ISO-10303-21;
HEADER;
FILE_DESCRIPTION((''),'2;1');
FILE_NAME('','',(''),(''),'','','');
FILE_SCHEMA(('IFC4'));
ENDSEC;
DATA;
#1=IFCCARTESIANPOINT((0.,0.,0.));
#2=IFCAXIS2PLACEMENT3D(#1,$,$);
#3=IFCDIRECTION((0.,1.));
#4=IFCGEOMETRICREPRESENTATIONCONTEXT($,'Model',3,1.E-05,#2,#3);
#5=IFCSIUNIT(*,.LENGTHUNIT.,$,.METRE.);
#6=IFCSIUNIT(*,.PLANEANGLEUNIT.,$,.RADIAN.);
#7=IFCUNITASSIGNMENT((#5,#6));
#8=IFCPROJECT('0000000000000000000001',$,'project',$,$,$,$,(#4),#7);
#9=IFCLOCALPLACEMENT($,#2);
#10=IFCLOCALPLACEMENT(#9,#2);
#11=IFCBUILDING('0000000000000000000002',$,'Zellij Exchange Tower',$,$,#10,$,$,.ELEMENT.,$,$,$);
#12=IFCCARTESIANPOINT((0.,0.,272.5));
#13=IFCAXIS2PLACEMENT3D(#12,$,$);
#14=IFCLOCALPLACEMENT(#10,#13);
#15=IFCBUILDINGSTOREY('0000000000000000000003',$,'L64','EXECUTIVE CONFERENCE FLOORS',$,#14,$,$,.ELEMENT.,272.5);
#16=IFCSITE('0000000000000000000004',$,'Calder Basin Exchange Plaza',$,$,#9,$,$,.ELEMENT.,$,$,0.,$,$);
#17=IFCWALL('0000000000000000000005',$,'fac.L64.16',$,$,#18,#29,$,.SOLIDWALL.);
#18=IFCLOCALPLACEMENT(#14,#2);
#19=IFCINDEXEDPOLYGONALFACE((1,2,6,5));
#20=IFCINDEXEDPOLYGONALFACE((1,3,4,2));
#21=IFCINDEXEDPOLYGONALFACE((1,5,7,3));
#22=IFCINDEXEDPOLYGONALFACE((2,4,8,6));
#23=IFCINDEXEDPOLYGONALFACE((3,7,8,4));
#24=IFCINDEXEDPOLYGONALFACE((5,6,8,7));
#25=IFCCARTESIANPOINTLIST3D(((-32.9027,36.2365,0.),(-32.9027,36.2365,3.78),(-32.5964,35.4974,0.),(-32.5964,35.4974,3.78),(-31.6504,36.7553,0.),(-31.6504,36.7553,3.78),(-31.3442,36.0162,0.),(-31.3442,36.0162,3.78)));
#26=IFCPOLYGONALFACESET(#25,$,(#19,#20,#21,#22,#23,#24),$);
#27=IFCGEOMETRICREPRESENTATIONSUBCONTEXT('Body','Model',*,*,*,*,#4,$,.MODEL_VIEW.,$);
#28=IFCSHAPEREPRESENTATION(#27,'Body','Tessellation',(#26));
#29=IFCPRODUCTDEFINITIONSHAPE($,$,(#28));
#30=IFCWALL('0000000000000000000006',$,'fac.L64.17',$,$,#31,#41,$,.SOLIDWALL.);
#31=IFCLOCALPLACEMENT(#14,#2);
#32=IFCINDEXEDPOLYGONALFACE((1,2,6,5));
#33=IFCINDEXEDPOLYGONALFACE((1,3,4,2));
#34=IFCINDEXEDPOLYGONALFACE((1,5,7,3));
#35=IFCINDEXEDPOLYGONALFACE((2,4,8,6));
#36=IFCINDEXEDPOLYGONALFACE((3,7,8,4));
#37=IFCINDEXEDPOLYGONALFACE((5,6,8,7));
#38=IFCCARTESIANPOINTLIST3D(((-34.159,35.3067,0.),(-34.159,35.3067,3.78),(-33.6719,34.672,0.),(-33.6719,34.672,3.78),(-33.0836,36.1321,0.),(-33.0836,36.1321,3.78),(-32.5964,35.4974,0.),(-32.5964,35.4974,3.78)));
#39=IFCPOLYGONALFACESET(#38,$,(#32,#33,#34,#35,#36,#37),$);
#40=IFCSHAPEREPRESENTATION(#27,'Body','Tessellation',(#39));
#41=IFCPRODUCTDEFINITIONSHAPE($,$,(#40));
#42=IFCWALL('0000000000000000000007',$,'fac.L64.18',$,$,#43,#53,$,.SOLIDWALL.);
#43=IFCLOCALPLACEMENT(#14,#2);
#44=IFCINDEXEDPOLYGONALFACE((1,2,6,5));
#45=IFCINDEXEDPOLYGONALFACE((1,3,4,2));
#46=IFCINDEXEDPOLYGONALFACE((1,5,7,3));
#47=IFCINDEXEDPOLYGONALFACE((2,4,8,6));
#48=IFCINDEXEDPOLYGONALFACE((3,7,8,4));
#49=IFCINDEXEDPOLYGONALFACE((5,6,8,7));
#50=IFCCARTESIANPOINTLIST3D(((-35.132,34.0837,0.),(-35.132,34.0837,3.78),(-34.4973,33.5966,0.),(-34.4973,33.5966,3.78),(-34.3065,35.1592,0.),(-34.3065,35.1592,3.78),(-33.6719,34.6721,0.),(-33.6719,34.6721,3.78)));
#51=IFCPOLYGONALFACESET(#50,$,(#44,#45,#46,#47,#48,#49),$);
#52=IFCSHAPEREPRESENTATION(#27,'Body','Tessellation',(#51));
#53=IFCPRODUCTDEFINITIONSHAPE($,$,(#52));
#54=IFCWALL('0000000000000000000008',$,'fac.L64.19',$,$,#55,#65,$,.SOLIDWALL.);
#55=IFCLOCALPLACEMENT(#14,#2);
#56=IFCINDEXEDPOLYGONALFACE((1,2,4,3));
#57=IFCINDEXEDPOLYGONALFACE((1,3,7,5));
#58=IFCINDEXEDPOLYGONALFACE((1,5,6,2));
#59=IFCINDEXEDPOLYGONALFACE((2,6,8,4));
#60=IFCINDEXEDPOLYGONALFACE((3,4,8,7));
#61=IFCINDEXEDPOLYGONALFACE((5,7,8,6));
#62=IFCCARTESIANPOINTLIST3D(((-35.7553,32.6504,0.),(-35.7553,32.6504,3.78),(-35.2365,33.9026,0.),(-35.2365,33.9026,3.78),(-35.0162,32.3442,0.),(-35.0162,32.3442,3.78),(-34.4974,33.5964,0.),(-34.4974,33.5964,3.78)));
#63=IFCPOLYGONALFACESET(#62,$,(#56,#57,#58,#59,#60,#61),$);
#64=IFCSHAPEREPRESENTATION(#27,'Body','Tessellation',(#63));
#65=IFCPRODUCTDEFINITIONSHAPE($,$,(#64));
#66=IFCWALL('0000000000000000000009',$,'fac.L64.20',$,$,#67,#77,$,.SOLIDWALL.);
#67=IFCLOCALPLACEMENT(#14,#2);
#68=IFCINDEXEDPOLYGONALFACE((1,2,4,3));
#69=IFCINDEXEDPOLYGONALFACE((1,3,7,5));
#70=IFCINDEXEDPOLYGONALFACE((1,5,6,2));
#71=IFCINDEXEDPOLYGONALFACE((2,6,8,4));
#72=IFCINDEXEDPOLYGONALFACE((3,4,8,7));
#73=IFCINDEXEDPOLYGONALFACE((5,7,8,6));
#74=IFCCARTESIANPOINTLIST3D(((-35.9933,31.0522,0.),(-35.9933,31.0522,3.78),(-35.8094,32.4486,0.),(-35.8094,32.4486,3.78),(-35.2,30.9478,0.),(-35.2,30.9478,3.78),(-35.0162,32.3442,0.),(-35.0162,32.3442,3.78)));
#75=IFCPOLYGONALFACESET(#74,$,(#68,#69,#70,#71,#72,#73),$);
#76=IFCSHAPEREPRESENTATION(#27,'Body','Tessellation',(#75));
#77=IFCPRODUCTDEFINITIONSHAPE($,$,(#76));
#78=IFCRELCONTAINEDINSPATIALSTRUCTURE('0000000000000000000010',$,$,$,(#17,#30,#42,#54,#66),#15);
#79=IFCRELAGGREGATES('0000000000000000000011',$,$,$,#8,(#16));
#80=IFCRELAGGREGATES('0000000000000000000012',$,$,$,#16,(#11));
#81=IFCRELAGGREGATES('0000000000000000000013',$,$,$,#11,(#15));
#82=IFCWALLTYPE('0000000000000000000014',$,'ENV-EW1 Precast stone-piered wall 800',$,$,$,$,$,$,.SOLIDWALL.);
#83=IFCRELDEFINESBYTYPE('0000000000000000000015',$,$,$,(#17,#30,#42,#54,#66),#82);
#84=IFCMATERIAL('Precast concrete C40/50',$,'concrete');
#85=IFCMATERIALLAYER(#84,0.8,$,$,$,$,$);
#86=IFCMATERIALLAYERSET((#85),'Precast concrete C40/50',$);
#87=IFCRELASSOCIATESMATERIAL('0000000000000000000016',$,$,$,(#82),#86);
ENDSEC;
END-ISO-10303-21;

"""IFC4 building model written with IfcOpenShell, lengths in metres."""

from ifc_helpers import new_model, si_unit, direction, frame, frame_2d, origin, place, context, subcontext, project, spatial, rectangle, extrude, material, layer, layer_set, type_object, element, save


model = new_model("IFC4")

# Units and contexts
model_context = context("Model", 3, precision=1e-05, world=origin(), true_north=direction((0.0, 1.0)))
body_context = subcontext(model_context, "Body", "Model", "MODEL_VIEW")
ifc_project = project(units=[si_unit("LENGTHUNIT", "METRE"), si_unit("PLANEANGLEUNIT", "RADIAN")], contexts=[model_context])

# Site, building, storey
site_placement = place(None, origin())
site = spatial("IfcSite", under=ifc_project, at=site_placement, Name="Calder Basin Exchange Plaza", CompositionType="ELEMENT", RefElevation=0.0)
building_placement = place(site_placement, origin())
building = spatial("IfcBuilding", under=site, at=building_placement, Name="Zellij Exchange Tower", CompositionType="ELEMENT")
storey_placement = place(building_placement, frame((0.0, 0.0, 272.5)))
storey = spatial("IfcBuildingStorey", under=building, at=storey_placement, Name="L64", Description="EXECUTIVE CONFERENCE FLOORS", CompositionType="ELEMENT", Elevation=272.5)

# Walls
ifc_material_1 = material(Name="Precast concrete C40/50", Category="concrete")
ifc_layer_1 = layer(ifc_material_1, 0.8)
ifc_layer_set_1 = layer_set([ifc_layer_1], Name="Precast concrete C40/50")
wall_type_1 = type_object("IfcWallType", Name="ENV-EW1 Precast stone-piered wall 800", PredefinedType="SOLIDWALL", material=ifc_layer_set_1)
wall_1_placement = place(storey_placement, frame((-31.4973, 36.3857, 0.0), z_axis=(0.0, 0.0, 1.0), x_axis=(-0.923848, -0.38276, 0.0)))
element("IfcWall", 1, at=wall_1_placement, inside=storey, type_object=wall_type_1, Name="fac.L64.16", PredefinedType="SOLIDWALL", context=body_context, shape_type="SweptSolid", body=[
    extrude(rectangle(XDim=1.3555, YDim=0.8, at=frame_2d((0.6777, 0.0))), origin(), (0.0, 0.0, 1.0), 3.78),
])
for number, where, z_axis, x_axis, name in (
    (2, (-32.8401, 35.8147, 0.0), (0.0, 0.0, 1.0), (-0.793273, -0.608866, 0.0), "fac.L64.17"),
    (3, (-33.9893, 34.9155, 0.0), (0.0, 0.0, 1.0), (-0.608866, -0.793273, 0.0), "fac.L64.18"),
):
    element("IfcWall", number, at=place(storey_placement, frame(where, z_axis=z_axis, x_axis=x_axis)), inside=storey, type_object=wall_type_1, Name=name, PredefinedType="SOLIDWALL", context=body_context, shape_type="SweptSolid", body=[
        extrude(rectangle(XDim=1.3557, YDim=0.8, at=frame_2d((0.6777, 0.0))), origin(), (0.0, 0.0, 1.0), 3.78),
    ])
wall_2_placement = place(storey_placement, frame((-34.8669, 33.7495, 0.0), z_axis=(0.0, 0.0, 1.0), x_axis=(-0.38276, -0.923848, 0.0)))
element("IfcWall", 4, at=wall_2_placement, inside=storey, type_object=wall_type_1, Name="fac.L64.19", PredefinedType="SOLIDWALL", context=body_context, shape_type="SweptSolid", body=[
    extrude(rectangle(XDim=1.3555, YDim=0.8, at=frame_2d((0.6777, 0.0))), origin(), (0.0, 0.0, 1.0), 3.78),
])
wall_3_placement = place(storey_placement, frame((-35.4128, 32.3962, 0.0), z_axis=(0.0, 0.0, 1.0), x_axis=(-0.130517, -0.991446, 0.0)))
element("IfcWall", 5, at=wall_3_placement, inside=storey, type_object=wall_type_1, Name="fac.L64.20", PredefinedType="SOLIDWALL", context=body_context, shape_type="SweptSolid", body=[
    extrude(rectangle(XDim=1.4084, YDim=0.8, at=frame_2d((0.7041, 0.0))), origin(), (0.0, 0.0, 1.0), 3.78),
])

save(model, "model.ifc")
